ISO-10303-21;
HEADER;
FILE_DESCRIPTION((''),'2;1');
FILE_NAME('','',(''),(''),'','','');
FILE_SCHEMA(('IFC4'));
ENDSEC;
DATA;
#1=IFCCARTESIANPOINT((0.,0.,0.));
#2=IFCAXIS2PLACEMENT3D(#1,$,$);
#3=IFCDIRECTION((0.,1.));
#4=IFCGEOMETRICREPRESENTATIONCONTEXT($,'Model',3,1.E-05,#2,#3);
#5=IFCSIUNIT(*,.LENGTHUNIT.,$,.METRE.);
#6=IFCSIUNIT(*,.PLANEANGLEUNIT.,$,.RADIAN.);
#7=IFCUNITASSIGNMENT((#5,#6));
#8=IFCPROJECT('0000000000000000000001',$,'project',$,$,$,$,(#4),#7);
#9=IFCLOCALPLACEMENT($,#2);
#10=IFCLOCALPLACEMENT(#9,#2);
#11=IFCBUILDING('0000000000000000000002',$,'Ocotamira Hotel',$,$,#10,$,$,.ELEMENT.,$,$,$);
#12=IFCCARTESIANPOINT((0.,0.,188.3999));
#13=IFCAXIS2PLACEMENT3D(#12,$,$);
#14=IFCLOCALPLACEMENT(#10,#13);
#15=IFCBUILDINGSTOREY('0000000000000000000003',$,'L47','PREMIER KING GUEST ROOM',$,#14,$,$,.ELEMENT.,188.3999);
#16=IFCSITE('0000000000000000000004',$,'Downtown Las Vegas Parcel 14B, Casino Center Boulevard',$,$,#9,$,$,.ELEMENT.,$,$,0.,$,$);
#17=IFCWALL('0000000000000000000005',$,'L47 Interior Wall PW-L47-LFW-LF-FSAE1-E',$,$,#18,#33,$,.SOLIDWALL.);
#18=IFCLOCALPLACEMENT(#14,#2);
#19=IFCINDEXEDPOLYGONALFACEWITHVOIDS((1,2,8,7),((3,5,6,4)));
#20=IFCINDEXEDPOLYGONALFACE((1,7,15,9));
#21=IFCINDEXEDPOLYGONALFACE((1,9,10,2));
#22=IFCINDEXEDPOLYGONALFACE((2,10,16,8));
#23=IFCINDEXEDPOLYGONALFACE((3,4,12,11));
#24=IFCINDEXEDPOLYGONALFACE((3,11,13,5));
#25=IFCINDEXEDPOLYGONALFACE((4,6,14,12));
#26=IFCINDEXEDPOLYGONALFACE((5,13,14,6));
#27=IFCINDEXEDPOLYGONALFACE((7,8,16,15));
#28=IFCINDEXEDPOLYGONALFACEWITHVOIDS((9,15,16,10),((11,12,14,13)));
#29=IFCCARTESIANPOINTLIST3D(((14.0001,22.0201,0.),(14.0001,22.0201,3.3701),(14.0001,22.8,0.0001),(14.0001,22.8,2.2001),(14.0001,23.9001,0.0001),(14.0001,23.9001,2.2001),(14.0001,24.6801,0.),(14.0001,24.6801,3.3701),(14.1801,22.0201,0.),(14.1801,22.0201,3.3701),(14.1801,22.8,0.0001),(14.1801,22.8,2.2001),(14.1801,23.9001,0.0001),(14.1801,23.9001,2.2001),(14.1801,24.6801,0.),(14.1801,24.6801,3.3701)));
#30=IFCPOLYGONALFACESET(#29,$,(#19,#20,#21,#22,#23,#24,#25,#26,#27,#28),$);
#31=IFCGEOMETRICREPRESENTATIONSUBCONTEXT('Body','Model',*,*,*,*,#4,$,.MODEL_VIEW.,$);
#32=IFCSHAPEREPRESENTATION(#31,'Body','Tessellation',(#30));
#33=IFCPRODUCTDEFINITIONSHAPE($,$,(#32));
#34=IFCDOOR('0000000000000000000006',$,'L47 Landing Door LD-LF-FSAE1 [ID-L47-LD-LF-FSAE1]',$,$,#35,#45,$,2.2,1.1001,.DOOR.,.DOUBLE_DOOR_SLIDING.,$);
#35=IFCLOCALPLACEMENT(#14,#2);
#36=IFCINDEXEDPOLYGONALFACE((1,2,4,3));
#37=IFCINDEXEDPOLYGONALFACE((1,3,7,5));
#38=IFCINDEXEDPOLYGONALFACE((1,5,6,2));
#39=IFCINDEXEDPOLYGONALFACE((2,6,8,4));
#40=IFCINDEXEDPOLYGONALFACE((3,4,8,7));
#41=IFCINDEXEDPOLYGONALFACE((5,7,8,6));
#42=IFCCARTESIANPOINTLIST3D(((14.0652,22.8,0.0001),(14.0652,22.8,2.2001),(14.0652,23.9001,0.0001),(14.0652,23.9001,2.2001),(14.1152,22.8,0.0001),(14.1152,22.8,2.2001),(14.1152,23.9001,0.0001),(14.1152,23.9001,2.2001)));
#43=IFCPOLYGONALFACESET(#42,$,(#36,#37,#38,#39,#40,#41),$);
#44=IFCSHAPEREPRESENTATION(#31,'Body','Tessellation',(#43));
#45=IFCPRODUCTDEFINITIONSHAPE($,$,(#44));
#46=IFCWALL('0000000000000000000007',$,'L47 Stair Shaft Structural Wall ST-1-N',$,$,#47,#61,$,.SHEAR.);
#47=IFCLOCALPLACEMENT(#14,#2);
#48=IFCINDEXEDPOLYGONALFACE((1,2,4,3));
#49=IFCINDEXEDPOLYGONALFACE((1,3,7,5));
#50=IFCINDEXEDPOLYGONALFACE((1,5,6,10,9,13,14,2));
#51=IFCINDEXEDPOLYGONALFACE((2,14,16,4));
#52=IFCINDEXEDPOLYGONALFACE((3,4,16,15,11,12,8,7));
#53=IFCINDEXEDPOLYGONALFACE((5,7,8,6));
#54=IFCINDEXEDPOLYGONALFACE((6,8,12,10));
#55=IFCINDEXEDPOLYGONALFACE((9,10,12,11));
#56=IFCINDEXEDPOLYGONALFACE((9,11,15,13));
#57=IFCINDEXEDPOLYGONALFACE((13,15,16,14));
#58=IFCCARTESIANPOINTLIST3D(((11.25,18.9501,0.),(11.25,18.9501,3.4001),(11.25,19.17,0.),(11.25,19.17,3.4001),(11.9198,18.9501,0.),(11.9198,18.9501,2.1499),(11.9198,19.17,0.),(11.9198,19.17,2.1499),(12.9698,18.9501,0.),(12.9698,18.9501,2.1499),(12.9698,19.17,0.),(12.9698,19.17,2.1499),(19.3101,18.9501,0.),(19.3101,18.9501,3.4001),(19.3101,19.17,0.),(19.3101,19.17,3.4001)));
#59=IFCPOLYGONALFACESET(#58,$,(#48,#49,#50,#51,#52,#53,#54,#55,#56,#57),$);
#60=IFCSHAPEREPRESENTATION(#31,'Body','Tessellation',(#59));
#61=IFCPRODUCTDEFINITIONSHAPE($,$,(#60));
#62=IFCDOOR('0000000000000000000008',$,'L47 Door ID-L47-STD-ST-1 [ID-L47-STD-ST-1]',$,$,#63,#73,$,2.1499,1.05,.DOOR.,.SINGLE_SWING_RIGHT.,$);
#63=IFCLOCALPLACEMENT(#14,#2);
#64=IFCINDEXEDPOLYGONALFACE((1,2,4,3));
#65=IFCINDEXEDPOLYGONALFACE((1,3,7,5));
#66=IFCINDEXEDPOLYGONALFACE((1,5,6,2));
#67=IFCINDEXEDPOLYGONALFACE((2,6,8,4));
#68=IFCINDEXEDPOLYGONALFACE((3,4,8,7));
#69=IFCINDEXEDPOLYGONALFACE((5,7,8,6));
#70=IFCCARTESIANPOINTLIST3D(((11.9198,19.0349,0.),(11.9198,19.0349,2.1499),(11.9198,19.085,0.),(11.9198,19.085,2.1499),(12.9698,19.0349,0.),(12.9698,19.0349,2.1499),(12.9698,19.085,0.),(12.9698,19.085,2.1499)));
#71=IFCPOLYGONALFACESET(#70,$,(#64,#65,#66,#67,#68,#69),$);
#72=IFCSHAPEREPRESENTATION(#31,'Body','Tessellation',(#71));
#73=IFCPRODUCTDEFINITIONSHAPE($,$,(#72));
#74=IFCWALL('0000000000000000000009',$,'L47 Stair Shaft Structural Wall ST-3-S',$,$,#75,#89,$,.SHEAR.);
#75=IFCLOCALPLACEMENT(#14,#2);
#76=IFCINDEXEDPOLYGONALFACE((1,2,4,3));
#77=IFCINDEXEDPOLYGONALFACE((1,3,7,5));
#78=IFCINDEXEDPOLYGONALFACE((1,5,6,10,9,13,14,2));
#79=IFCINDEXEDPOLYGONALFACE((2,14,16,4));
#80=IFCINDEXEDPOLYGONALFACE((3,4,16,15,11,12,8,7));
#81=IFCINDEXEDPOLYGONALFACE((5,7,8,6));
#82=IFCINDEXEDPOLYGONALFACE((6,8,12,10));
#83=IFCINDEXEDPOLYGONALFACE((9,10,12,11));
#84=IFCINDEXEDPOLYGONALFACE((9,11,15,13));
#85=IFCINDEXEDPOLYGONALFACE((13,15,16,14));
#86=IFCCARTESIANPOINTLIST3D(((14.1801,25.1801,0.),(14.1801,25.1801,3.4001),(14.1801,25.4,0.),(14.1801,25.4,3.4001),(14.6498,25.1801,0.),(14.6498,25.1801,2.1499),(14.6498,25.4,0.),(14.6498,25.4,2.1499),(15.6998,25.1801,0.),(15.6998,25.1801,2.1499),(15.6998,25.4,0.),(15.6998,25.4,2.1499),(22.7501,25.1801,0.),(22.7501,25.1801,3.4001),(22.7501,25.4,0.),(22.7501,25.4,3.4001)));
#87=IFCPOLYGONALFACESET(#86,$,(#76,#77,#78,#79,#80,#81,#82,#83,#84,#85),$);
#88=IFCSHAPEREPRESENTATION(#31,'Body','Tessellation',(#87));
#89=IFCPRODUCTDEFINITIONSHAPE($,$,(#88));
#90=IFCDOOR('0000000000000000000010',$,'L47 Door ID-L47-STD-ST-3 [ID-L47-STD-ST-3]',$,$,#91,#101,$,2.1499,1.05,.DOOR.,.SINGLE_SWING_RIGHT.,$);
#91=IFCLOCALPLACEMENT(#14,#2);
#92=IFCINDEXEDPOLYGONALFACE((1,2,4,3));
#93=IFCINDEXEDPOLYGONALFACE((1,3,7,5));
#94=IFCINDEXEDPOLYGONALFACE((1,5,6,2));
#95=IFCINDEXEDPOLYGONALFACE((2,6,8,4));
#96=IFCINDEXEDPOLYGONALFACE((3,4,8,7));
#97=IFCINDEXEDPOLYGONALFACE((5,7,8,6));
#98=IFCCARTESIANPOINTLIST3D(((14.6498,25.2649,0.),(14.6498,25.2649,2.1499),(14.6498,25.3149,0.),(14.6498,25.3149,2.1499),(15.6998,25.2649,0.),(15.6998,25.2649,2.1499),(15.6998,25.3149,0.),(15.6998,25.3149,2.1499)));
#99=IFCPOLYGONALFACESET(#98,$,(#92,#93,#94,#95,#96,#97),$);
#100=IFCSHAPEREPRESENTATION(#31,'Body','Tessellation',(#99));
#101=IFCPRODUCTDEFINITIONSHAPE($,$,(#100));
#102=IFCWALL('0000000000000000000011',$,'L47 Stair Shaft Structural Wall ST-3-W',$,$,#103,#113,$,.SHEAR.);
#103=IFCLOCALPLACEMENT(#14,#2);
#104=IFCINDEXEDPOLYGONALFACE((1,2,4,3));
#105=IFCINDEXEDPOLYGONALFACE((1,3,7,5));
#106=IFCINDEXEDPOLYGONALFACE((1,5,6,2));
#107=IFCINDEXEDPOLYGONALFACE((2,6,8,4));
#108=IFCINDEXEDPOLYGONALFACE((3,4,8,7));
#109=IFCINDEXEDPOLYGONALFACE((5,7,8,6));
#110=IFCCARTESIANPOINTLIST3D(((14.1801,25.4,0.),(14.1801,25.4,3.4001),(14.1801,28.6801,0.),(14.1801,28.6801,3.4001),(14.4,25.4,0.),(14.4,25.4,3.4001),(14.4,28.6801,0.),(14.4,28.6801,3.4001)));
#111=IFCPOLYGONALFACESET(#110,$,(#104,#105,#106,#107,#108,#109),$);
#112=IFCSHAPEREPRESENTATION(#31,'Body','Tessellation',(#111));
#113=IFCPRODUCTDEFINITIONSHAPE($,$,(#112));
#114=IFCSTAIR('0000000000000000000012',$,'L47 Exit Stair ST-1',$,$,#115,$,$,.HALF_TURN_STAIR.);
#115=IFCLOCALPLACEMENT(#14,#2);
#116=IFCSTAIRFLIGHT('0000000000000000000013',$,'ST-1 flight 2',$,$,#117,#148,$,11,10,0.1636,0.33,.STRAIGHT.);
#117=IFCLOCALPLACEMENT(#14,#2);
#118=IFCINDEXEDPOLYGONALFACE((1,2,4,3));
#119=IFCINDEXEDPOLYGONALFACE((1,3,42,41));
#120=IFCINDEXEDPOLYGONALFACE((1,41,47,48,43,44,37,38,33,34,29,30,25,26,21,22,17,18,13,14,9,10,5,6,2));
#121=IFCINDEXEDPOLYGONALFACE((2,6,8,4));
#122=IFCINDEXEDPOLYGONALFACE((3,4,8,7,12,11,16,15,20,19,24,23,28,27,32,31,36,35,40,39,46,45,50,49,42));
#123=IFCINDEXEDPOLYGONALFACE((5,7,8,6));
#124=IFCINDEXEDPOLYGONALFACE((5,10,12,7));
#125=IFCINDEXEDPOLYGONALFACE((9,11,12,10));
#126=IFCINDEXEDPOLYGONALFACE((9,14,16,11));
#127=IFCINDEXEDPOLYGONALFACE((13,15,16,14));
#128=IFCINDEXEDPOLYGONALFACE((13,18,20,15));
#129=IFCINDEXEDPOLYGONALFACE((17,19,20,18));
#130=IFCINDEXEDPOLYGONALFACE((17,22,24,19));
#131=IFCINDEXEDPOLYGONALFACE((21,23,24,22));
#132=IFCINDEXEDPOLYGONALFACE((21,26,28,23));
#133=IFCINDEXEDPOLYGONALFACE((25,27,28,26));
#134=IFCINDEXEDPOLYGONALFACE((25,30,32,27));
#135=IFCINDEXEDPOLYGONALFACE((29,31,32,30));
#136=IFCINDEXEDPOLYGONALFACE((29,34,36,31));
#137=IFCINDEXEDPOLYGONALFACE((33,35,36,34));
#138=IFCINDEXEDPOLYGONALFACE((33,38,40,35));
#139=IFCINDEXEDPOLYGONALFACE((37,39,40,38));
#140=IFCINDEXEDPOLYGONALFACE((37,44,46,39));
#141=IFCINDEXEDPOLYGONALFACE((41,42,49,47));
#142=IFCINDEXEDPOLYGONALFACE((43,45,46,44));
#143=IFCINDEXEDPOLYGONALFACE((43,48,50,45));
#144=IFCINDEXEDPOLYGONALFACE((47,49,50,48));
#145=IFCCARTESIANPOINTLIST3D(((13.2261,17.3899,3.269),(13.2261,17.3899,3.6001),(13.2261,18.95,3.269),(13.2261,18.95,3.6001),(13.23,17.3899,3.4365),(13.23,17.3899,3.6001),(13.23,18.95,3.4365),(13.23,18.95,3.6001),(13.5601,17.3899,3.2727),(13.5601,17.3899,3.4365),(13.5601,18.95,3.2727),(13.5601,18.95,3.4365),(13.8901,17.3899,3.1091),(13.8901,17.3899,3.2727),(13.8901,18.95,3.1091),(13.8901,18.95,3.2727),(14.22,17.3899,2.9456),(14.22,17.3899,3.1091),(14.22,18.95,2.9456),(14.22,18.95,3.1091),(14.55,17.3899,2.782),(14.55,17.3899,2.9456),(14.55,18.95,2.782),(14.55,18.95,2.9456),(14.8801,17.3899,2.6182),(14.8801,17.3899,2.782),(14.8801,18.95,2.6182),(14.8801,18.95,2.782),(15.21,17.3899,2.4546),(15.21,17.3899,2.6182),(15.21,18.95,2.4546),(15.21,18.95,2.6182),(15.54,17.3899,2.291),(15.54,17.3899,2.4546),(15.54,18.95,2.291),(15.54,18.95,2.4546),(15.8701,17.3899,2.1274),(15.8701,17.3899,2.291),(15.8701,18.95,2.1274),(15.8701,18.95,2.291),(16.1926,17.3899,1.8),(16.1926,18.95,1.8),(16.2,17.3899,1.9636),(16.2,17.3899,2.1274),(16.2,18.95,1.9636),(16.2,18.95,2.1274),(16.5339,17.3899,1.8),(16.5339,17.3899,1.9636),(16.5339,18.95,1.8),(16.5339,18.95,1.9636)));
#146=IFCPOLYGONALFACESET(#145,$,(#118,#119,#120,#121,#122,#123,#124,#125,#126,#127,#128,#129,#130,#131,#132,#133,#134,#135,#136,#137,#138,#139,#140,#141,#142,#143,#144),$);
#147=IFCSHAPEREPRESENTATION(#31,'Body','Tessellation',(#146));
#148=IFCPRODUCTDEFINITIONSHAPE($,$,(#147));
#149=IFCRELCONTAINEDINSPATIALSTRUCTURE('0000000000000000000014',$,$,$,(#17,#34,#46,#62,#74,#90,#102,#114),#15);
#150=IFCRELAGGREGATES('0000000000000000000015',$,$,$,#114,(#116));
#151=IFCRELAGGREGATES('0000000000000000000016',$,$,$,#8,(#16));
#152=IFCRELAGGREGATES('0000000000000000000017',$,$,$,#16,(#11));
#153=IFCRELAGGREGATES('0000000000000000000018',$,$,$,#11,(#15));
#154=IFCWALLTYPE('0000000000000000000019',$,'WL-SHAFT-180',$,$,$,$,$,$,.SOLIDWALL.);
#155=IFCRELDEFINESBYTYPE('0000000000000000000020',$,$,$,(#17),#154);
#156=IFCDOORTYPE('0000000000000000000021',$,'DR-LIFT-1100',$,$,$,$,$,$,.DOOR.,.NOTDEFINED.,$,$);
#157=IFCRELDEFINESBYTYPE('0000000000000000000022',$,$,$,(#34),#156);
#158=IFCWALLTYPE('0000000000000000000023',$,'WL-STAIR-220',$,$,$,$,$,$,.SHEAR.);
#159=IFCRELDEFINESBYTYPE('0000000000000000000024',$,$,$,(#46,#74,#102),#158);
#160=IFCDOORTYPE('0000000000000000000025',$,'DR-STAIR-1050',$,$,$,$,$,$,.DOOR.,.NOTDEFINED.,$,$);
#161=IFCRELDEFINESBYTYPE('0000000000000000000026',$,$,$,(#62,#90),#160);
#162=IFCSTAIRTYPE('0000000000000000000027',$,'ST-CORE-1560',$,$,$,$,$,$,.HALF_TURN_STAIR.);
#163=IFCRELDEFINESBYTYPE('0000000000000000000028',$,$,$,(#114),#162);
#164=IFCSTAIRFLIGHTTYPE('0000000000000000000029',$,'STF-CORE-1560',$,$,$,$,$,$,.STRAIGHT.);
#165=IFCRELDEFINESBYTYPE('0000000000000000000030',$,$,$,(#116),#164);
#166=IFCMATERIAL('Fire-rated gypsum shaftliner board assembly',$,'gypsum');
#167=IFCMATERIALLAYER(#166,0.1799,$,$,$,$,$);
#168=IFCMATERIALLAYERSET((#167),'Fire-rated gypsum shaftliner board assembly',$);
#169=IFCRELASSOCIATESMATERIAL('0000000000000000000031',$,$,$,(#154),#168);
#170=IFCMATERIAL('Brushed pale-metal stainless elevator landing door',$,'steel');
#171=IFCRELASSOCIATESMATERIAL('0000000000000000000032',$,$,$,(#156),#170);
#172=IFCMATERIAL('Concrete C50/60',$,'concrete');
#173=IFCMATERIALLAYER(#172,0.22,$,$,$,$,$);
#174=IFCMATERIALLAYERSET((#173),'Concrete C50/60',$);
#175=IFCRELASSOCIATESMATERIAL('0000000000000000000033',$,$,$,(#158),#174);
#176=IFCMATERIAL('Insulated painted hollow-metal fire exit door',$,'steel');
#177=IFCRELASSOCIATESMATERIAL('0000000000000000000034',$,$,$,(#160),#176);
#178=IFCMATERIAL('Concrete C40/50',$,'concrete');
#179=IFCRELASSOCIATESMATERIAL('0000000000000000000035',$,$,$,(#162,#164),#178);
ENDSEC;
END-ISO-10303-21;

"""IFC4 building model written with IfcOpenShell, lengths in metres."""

from ifc_helpers import new_model, si_unit, direction, frame, frame_2d, origin, place, context, subcontext, project, spatial, polyline, rectangle, outline, extrude, source, transform, mapped, material, layer, layer_set, type_object, element, fill, aggregate, save


model = new_model("IFC4")

# Units and contexts
model_context = context("Model", 3, precision=1e-05, world=origin(), true_north=direction((0.0, 1.0)))
body_context = subcontext(model_context, "Body", "Model", "MODEL_VIEW")
ifc_project = project(units=[si_unit("LENGTHUNIT", "METRE"), si_unit("PLANEANGLEUNIT", "RADIAN")], contexts=[model_context])

# Site, building, storey
site_placement = place(None, origin())
site = spatial("IfcSite", under=ifc_project, at=site_placement, Name="Downtown Las Vegas Parcel 14B, Casino Center Boulevard", CompositionType="ELEMENT", RefElevation=0.0)
building_placement = place(site_placement, origin())
building = spatial("IfcBuilding", under=site, at=building_placement, Name="Ocotamira Hotel", CompositionType="ELEMENT")
storey_placement = place(building_placement, frame((0.0, 0.0, 188.3999)))
storey = spatial("IfcBuildingStorey", under=building, at=storey_placement, Name="L47", Description="PREMIER KING GUEST ROOM", CompositionType="ELEMENT", Elevation=188.3999)

# Shared definitions
ifc_material_1 = material(Name="Fire-rated gypsum shaftliner board assembly", Category="gypsum")
ifc_layer_1 = layer(ifc_material_1, 0.1799)
ifc_layer_set_1 = layer_set([ifc_layer_1], Name="Fire-rated gypsum shaftliner board assembly")
wall_type_1 = type_object("IfcWallType", Name="WL-SHAFT-180", PredefinedType="SOLIDWALL", material=ifc_layer_set_1)
ifc_material_2 = material(Name="Brushed pale-metal stainless elevator landing door", Category="steel")
door_type_1 = type_object("IfcDoorType", Name="DR-LIFT-1100", OperationType="NOTDEFINED", PredefinedType="DOOR", material=ifc_material_2)
shared_shape_1 = source(origin(), body_context, "Body", "SweptSolid", [
    extrude(rectangle(XDim=1.1001, YDim=2.2, at=frame_2d((0.55, 1.1001))), frame((0.0, 0.0249, 0.0), z_axis=(0.0, -1.0, 0.0), x_axis=(1.0, 0.0, 0.0)), (0.0, 0.0, 1.0), 0.05),
])

# Walls, openings, doors
wall_1_placement = place(storey_placement, frame((14.0901, 22.02, 0.0), z_axis=(0.0, 0.0, 1.0), x_axis=(0.0, 1.0, 0.0)))
wall_1 = element("IfcWall", 1, at=wall_1_placement, inside=storey, type_object=wall_type_1, Name="L47 Interior Wall PW-L47-LFW-LF-FSAE1-E", PredefinedType="SOLIDWALL", context=body_context, shape_type="SweptSolid", body=[
    extrude(rectangle(XDim=2.6599, YDim=0.1799, at=frame_2d((1.3301, 0.0))), origin(), (0.0, 0.0, 1.0), 3.3701),
])
opening_1_placement = place(wall_1_placement, frame((0.78, 0.0, 0.0)))
opening_1 = element("IfcOpeningElement", 2, at=opening_1_placement, cuts=wall_1, PredefinedType="OPENING", context=body_context, shape_type="SweptSolid", body=[
    extrude(rectangle(XDim=1.1001, YDim=2.2, at=frame_2d((0.55, 1.1001))), frame((0.0, 0.1001, 0.0), z_axis=(0.0, -1.0, 0.0), x_axis=(1.0, 0.0, 0.0)), (0.0, 0.0, 1.0), 0.2),
])
door_1_placement = place(opening_1_placement, origin())
door_1 = element("IfcDoor", 3, at=door_1_placement, inside=storey, type_object=door_type_1, Name="L47 Landing Door LD-LF-FSAE1 [ID-L47-LD-LF-FSAE1]", OperationType="DOUBLE_DOOR_SLIDING", OverallHeight=2.2, OverallWidth=1.1001, PredefinedType="DOOR", context=body_context, shape_type="MappedRepresentation", body=[
    mapped(shared_shape_1, transform((0.0, 0.0, 0.0), scale=1.0)),
])
fill(opening_1, door_1)
ifc_material_3 = material(Name="Concrete C50/60", Category="concrete")
ifc_layer_2 = layer(ifc_material_3, 0.22)
ifc_layer_set_2 = layer_set([ifc_layer_2], Name="Concrete C50/60")
wall_type_2 = type_object("IfcWallType", Name="WL-STAIR-220", PredefinedType="SHEAR", material=ifc_layer_set_2)
wall_2_placement = place(storey_placement, frame((11.25, 19.0601, 0.0), z_axis=(0.0, 0.0, 1.0), x_axis=(1.0, 0.0, 0.0)))
wall_2 = element("IfcWall", 4, at=wall_2_placement, inside=storey, type_object=wall_type_2, Name="L47 Stair Shaft Structural Wall ST-1-N", PredefinedType="SHEAR", context=body_context, shape_type="SweptSolid", body=[
    extrude(rectangle(XDim=8.0601, YDim=0.22, at=frame_2d((4.03, 0.0))), origin(), (0.0, 0.0, 1.0), 3.4001),
])
opening_2_placement = place(wall_2_placement, frame((0.6699, 0.0, 0.0)))
opening_2 = element("IfcOpeningElement", 5, at=opening_2_placement, cuts=wall_2, PredefinedType="OPENING", context=body_context, shape_type="SweptSolid", body=[
    extrude(rectangle(XDim=1.05, YDim=2.1499, at=frame_2d((0.5249, 1.075))), frame((0.0, 0.1201, 0.0), z_axis=(0.0, -1.0, 0.0), x_axis=(1.0, 0.0, 0.0)), (0.0, 0.0, 1.0), 0.24),
])
ifc_material_4 = material(Name="Insulated painted hollow-metal fire exit door", Category="steel")
door_type_2 = type_object("IfcDoorType", Name="DR-STAIR-1050", OperationType="NOTDEFINED", PredefinedType="DOOR", material=ifc_material_4)
shared_shape_2 = source(origin(), body_context, "Body", "SweptSolid", [
    extrude(rectangle(XDim=1.05, YDim=2.1499, at=frame_2d((0.5249, 1.075))), frame((0.0, 0.0249, 0.0), z_axis=(0.0, -1.0, 0.0), x_axis=(1.0, 0.0, 0.0)), (0.0, 0.0, 1.0), 0.05),
])
door_2_placement = place(opening_2_placement, origin())
door_2 = element("IfcDoor", 6, at=door_2_placement, inside=storey, type_object=door_type_2, Name="L47 Door ID-L47-STD-ST-1 [ID-L47-STD-ST-1]", OperationType="SINGLE_SWING_RIGHT", OverallHeight=2.1499, OverallWidth=1.05, PredefinedType="DOOR", context=body_context, shape_type="MappedRepresentation", body=[
    mapped(shared_shape_2, transform((0.0, 0.0, 0.0), scale=1.0)),
])
fill(opening_2, door_2)
wall_3_placement = place(storey_placement, frame((14.1799, 25.29, 0.0), z_axis=(0.0, 0.0, 1.0), x_axis=(1.0, 0.0, 0.0)))
wall_3 = element("IfcWall", 7, at=wall_3_placement, inside=storey, type_object=wall_type_2, Name="L47 Stair Shaft Structural Wall ST-3-S", PredefinedType="SHEAR", context=body_context, shape_type="SweptSolid", body=[
    extrude(rectangle(XDim=8.5701, YDim=0.22, at=frame_2d((4.2852, 0.0))), origin(), (0.0, 0.0, 1.0), 3.4001),
])
opening_3_placement = place(wall_3_placement, frame((0.47, 0.0, 0.0)))
opening_3 = element("IfcOpeningElement", 8, at=opening_3_placement, cuts=wall_3, PredefinedType="OPENING", context=body_context, shape_type="SweptSolid", body=[
    extrude(rectangle(XDim=1.05, YDim=2.1499, at=frame_2d((0.5249, 1.075))), frame((0.0, 0.1201, 0.0), z_axis=(0.0, -1.0, 0.0), x_axis=(1.0, 0.0, 0.0)), (0.0, 0.0, 1.0), 0.24),
])
door_3_placement = place(opening_3_placement, origin())
door_3 = element("IfcDoor", 9, at=door_3_placement, inside=storey, type_object=door_type_2, Name="L47 Door ID-L47-STD-ST-3 [ID-L47-STD-ST-3]", OperationType="SINGLE_SWING_RIGHT", OverallHeight=2.1499, OverallWidth=1.05, PredefinedType="DOOR", context=body_context, shape_type="MappedRepresentation", body=[
    mapped(shared_shape_2, transform((0.0, 0.0, 0.0), scale=1.0)),
])
fill(opening_3, door_3)

# Wall
wall_4_placement = place(storey_placement, frame((14.29, 25.3999, 0.0), z_axis=(0.0, 0.0, 1.0), x_axis=(0.0, 1.0, 0.0)))
element("IfcWall", 10, at=wall_4_placement, inside=storey, type_object=wall_type_2, Name="L47 Stair Shaft Structural Wall ST-3-W", PredefinedType="SHEAR", context=body_context, shape_type="SweptSolid", body=[
    extrude(rectangle(XDim=3.28, YDim=0.22, at=frame_2d((1.6401, 0.0))), origin(), (0.0, 0.0, 1.0), 3.4001),
])

# Stair, stair flight
ifc_material_5 = material(Name="Concrete C40/50", Category="concrete")
stair_type = type_object("IfcStairType", Name="ST-CORE-1560", PredefinedType="HALF_TURN_STAIR", material=ifc_material_5)
stair_placement = place(storey_placement, origin())
stair = element("IfcStair", 11, at=stair_placement, inside=storey, type_object=stair_type, Name="L47 Exit Stair ST-1", PredefinedType="HALF_TURN_STAIR")
stair_flight_type = type_object("IfcStairFlightType", Name="STF-CORE-1560", PredefinedType="STRAIGHT", material=ifc_material_5)
shared_shape_3 = source(origin(), body_context, "Body", "SweptSolid", [
    extrude(outline(polyline([(-0.0039, 0.0), (-0.0039, 0.1636), (0.3301, 0.1636), (0.3301, 0.3274), (0.6599, 0.3274), (0.6599, 0.491), (0.99, 0.491), (0.99, 0.6545), (1.3201, 0.6545), (1.3201, 0.8181), (1.6499, 0.8181), (1.6499, 0.9819), (1.98, 0.9819), (1.98, 1.1455), (2.3101, 1.1455), (2.3101, 1.3091), (2.6399, 1.3091), (2.6399, 1.4727), (2.97, 1.4727), (2.97, 1.6365), (3.3, 1.6365), (3.3, 1.8), (3.304, 1.8), (3.304, 1.469), (0.3374, 0.0), (-0.0039, 0.0)])), frame((0.0, 0.78, 0.0), z_axis=(0.0, -1.0, 0.0), x_axis=(1.0, 0.0, 0.0)), (0.0, 0.0, 1.0), 1.5601),
])
stair_flight_placement = place(storey_placement, frame((16.53, 18.1699, 1.8), z_axis=(0.0, 0.0, 1.0), x_axis=(-1.0, 0.0, 0.0)))
stair_flight = element("IfcStairFlight", 12, at=stair_flight_placement, type_object=stair_flight_type, Name="ST-1 flight 2", NumberOfRisers=11, NumberOfTreads=10, PredefinedType="STRAIGHT", RiserHeight=0.1636, TreadLength=0.33, context=body_context, shape_type="MappedRepresentation", body=[
    mapped(shared_shape_3, transform((0.0, 0.0, 0.0), scale=1.0)),
])
aggregate(stair, [stair_flight])

save(model, "model.ifc")
